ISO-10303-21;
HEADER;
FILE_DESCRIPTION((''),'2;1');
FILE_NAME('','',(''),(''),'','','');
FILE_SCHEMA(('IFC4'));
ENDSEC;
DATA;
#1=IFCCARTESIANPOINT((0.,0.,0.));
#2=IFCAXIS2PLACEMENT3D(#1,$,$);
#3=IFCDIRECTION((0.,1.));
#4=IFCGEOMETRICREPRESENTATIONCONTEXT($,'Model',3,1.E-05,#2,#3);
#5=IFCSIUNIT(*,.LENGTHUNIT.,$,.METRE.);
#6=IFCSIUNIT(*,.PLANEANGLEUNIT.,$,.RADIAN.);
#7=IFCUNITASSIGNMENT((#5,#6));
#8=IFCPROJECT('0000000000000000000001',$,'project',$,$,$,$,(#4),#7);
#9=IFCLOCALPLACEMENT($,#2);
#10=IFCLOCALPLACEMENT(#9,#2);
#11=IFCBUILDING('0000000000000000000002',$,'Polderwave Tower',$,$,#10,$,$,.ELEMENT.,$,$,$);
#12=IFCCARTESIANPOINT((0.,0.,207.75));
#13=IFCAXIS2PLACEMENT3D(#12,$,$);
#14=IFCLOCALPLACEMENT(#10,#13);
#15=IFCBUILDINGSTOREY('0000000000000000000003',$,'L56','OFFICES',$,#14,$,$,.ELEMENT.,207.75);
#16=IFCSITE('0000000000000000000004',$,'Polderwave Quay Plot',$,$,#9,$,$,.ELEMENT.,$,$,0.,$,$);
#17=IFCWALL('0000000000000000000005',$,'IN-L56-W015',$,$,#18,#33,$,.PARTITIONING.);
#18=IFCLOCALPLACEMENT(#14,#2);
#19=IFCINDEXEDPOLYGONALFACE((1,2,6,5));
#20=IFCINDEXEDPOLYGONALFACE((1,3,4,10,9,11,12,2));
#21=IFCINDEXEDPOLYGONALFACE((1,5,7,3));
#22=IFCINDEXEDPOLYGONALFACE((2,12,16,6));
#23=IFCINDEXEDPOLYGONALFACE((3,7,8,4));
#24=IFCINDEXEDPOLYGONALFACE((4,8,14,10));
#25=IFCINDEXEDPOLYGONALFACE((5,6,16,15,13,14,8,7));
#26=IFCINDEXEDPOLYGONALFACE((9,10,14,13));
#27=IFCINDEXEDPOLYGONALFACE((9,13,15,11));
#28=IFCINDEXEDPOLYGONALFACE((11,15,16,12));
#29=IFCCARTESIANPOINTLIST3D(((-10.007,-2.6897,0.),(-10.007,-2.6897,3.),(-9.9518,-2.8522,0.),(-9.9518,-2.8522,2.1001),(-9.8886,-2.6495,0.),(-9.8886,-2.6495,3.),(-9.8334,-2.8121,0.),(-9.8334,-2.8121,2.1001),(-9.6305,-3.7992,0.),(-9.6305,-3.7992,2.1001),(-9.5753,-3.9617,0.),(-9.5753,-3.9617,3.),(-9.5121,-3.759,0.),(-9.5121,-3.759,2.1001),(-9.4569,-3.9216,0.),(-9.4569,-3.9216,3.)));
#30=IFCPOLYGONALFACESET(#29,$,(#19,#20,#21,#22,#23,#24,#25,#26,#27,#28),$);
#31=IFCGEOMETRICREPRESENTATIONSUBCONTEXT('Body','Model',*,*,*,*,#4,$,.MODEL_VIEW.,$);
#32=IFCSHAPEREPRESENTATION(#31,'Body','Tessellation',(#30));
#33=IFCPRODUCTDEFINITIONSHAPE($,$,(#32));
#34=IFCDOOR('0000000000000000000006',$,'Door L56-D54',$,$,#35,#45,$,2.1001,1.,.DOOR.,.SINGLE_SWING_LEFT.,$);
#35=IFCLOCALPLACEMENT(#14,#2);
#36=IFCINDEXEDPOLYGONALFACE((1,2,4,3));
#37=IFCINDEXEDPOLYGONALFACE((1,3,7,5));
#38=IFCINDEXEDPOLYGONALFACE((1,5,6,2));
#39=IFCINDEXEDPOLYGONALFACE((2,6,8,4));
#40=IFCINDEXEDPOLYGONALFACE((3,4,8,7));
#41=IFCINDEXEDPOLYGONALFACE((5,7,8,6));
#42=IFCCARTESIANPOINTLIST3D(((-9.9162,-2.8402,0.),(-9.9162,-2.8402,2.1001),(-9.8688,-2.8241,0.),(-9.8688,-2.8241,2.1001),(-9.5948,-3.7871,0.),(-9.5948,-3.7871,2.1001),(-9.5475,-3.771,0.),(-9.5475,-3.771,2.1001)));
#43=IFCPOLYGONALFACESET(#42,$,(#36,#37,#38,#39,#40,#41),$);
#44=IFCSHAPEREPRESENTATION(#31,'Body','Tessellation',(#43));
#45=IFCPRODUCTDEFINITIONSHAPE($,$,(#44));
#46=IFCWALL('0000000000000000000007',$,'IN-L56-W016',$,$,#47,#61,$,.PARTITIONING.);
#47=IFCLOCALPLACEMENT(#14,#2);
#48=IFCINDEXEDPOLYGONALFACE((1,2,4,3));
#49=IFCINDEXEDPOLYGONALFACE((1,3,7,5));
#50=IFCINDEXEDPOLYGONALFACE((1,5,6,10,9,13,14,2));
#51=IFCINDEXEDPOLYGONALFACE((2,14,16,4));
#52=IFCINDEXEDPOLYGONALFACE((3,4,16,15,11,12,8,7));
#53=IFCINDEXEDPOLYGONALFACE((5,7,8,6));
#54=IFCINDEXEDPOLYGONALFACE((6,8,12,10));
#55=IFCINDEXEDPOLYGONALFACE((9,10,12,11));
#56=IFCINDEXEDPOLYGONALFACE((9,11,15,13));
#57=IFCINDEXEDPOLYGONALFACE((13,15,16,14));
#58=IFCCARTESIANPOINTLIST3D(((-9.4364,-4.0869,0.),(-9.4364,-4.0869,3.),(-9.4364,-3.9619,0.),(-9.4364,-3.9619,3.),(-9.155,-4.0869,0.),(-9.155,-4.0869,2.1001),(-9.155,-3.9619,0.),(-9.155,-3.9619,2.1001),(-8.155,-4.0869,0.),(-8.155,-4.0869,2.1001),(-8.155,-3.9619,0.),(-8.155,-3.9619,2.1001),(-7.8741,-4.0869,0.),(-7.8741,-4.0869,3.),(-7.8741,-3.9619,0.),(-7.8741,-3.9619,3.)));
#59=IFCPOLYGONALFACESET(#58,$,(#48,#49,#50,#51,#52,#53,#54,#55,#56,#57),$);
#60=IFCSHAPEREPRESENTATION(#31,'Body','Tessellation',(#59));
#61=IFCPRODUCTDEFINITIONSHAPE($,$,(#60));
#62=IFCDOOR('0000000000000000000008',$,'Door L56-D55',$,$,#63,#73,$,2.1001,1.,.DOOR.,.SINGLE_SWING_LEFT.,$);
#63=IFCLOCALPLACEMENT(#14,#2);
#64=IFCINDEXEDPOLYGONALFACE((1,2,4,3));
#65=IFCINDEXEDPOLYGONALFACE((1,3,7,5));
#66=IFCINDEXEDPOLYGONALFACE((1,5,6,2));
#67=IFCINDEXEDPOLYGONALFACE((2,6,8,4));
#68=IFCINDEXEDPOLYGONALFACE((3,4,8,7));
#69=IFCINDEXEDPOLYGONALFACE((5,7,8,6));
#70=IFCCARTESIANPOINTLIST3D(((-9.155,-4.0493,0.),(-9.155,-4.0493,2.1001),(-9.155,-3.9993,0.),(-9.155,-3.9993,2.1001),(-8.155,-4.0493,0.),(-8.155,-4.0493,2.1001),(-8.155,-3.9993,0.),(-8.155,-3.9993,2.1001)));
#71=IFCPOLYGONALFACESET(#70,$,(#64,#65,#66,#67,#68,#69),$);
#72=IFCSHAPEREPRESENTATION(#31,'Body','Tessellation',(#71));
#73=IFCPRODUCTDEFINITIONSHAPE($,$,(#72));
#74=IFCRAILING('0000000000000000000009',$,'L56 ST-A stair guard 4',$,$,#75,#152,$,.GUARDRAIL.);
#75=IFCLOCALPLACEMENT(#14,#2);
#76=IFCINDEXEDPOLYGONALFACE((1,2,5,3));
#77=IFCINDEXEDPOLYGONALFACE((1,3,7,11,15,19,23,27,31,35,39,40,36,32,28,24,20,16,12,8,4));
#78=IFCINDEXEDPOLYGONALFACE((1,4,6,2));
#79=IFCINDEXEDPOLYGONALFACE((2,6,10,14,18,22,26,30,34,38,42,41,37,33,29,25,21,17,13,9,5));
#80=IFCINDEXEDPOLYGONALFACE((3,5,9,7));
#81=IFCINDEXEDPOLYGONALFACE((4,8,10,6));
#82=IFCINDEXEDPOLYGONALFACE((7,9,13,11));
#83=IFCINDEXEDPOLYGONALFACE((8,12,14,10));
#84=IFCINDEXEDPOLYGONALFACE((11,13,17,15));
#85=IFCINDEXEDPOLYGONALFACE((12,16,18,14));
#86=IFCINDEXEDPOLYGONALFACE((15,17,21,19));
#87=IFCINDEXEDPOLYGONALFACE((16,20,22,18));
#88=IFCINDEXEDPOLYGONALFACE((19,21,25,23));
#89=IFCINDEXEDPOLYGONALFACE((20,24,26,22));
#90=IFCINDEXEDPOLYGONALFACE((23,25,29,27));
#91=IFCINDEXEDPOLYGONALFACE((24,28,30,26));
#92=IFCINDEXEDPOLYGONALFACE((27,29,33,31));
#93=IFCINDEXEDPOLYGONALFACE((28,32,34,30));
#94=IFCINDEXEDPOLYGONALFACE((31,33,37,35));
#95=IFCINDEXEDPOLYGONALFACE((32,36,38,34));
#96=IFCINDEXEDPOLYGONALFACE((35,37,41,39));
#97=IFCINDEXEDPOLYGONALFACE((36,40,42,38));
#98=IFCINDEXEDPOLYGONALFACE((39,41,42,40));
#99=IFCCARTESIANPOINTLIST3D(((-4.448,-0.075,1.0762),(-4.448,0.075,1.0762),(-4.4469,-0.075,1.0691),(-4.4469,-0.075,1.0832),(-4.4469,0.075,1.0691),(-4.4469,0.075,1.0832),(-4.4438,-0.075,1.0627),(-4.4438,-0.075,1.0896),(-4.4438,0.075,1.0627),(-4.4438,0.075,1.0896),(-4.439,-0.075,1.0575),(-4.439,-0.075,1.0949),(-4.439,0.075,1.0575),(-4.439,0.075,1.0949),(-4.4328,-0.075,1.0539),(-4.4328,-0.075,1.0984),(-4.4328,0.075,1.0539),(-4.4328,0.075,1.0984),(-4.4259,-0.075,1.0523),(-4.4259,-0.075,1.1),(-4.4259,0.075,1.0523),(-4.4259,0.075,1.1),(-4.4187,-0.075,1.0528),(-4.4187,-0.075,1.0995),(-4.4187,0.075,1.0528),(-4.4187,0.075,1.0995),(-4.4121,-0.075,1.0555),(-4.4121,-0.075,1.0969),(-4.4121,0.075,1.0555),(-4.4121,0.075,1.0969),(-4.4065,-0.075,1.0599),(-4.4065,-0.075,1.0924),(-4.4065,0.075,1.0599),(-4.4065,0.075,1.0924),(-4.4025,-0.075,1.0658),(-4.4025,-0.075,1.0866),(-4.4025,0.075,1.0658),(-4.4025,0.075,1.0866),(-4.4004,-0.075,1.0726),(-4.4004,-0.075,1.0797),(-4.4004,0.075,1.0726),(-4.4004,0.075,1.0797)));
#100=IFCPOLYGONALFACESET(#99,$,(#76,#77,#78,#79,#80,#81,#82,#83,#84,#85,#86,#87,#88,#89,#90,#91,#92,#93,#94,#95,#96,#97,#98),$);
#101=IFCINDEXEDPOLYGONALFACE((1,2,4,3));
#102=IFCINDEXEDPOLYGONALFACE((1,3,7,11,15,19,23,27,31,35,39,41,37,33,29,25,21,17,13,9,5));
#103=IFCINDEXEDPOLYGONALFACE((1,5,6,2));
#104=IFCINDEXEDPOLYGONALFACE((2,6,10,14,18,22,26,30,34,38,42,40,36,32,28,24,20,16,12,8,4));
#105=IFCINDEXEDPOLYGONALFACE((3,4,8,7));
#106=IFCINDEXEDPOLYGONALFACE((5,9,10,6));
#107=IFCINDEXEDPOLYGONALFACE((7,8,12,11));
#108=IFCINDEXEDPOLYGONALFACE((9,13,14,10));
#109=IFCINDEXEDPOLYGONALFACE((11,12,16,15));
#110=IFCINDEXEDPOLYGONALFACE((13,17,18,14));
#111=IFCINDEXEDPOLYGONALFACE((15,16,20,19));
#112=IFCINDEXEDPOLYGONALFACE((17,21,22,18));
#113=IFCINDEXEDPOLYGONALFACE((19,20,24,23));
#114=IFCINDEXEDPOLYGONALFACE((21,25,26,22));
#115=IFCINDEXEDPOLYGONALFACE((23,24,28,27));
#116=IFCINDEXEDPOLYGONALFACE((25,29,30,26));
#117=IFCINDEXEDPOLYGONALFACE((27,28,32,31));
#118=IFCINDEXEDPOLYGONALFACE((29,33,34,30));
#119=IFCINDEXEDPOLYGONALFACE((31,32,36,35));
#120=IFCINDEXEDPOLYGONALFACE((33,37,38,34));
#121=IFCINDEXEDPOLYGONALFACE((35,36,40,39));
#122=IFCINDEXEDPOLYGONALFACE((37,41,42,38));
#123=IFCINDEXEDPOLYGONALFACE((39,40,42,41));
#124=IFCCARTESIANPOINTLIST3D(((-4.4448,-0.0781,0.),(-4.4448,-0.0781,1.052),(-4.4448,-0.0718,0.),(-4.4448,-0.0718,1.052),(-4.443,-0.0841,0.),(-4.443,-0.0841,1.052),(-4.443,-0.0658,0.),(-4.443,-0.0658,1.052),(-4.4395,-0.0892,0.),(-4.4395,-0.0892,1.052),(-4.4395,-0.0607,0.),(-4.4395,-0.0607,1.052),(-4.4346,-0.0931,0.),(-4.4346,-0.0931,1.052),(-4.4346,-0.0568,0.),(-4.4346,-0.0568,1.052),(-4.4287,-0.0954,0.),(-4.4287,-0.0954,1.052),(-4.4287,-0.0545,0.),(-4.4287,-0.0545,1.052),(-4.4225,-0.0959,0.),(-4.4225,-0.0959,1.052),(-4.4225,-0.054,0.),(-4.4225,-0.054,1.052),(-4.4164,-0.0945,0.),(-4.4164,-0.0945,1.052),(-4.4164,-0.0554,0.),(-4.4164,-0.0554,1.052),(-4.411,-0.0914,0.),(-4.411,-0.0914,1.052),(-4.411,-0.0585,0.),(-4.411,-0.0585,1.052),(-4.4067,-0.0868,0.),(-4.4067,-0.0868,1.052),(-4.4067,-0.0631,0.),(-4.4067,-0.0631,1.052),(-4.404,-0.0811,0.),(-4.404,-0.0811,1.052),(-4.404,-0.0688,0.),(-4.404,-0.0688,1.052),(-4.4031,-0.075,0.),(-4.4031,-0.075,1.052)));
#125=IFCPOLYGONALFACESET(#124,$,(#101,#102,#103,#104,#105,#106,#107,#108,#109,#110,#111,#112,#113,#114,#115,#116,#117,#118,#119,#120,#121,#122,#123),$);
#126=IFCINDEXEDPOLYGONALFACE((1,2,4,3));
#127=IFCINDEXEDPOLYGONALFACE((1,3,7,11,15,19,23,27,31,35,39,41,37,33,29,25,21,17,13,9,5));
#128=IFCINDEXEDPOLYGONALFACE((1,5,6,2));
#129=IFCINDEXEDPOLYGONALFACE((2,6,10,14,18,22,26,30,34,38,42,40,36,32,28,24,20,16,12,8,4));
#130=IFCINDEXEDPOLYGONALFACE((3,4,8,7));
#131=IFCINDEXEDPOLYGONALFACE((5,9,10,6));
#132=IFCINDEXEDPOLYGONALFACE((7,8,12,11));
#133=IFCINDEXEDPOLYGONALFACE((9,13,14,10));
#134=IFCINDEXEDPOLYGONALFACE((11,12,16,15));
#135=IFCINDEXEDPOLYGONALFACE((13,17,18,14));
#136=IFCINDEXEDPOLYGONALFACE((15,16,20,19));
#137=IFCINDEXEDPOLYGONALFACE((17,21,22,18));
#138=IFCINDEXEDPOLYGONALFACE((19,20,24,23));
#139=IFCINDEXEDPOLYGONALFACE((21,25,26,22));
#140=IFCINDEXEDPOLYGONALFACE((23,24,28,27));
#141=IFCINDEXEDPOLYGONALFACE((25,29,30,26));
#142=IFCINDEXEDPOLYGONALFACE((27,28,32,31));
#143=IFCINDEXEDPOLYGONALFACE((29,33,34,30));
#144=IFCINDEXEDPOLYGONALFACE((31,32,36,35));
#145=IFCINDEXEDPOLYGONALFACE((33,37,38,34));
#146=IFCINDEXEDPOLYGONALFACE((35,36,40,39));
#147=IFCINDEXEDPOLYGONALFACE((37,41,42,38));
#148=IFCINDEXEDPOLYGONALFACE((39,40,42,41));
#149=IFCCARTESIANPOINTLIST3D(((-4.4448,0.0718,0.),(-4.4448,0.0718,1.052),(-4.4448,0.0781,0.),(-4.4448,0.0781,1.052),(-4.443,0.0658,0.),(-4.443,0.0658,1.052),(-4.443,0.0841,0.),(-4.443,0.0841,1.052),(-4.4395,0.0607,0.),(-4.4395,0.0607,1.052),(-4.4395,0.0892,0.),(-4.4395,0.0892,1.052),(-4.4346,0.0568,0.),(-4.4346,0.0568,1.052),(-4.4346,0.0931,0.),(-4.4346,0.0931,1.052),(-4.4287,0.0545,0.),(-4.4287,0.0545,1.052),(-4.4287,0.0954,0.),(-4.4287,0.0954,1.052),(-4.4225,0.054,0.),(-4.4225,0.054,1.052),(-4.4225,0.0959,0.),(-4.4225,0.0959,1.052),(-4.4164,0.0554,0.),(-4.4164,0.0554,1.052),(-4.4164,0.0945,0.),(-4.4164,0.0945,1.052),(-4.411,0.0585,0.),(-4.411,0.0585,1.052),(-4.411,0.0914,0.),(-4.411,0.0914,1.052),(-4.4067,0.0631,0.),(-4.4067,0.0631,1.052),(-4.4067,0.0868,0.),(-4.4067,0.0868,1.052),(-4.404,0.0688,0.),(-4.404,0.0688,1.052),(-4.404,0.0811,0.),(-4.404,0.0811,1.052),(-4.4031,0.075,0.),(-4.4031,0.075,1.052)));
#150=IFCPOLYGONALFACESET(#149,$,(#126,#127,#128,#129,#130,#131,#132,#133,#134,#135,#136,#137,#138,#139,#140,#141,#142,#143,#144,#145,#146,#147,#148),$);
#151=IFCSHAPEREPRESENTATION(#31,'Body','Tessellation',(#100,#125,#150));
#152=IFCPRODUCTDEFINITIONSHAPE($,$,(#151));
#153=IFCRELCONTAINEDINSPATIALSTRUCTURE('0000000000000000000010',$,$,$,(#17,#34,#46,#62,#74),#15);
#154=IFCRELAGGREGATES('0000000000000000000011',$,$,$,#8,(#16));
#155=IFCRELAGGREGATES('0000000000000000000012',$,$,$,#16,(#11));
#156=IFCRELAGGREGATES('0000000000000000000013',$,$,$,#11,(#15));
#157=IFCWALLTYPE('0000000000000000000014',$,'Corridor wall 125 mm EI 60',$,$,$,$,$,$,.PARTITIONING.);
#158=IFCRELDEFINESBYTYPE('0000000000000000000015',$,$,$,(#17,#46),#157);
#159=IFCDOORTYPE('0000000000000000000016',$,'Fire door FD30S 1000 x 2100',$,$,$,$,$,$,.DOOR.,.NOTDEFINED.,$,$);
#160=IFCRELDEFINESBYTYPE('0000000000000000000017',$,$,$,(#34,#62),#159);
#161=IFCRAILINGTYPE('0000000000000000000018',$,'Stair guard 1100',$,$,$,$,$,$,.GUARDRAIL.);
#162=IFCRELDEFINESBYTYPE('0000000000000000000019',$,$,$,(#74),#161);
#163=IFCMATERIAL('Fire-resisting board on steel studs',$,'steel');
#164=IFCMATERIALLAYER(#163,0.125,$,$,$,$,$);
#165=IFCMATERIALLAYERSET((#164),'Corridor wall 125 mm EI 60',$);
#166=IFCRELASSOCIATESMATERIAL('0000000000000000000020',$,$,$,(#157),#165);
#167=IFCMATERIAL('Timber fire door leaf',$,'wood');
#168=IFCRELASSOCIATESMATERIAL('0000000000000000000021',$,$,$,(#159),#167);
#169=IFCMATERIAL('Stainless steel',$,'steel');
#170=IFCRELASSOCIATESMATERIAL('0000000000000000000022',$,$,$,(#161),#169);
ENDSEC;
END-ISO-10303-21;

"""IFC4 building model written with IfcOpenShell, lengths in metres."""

from ifc_helpers import new_model, si_unit, direction, frame, frame_2d, origin, origin_2d, place, context, subcontext, project, spatial, rectangle, circle, extrude, material, layer, layer_set, type_object, element, fill, save


model = new_model("IFC4")

# Units and contexts
model_context = context("Model", 3, precision=1e-05, world=origin(), true_north=direction((0.0, 1.0)))
body_context = subcontext(model_context, "Body", "Model", "MODEL_VIEW")
ifc_project = project(units=[si_unit("LENGTHUNIT", "METRE"), si_unit("PLANEANGLEUNIT", "RADIAN")], contexts=[model_context])

# Site, building, storey
site_placement = place(None, origin())
site = spatial("IfcSite", under=ifc_project, at=site_placement, Name="Polderwave Quay Plot", CompositionType="ELEMENT", RefElevation=0.0)
building_placement = place(site_placement, origin())
building = spatial("IfcBuilding", under=site, at=building_placement, Name="Polderwave Tower", CompositionType="ELEMENT")
storey_placement = place(building_placement, frame((0.0, 0.0, 207.75)))
storey = spatial("IfcBuildingStorey", under=building, at=storey_placement, Name="L56", Description="OFFICES", CompositionType="ELEMENT", Elevation=207.75)

# Shared definitions
ifc_material_1 = material(Name="Stainless steel", Category="steel")

# Walls, openings, doors
ifc_material_2 = material(Name="Fire-resisting board on steel studs", Category="steel")
ifc_layer_1 = layer(ifc_material_2, 0.125)
ifc_layer_set_1 = layer_set([ifc_layer_1], Name="Corridor wall 125 mm EI 60")
wall_type_1 = type_object("IfcWallType", Name="Corridor wall 125 mm EI 60", PredefinedType="PARTITIONING", material=ifc_layer_set_1)
wall_1_placement = place(storey_placement, frame((-9.5161, -3.9417, 0.0), z_axis=(0.0, 0.0, 1.0), x_axis=(-0.321349, 0.946961, 0.0)))
wall_1 = element("IfcWall", 1, at=wall_1_placement, inside=storey, type_object=wall_type_1, Name="IN-L56-W015", PredefinedType="PARTITIONING", context=body_context, shape_type="SweptSolid", body=[
    extrude(rectangle(XDim=1.3433, YDim=0.125, at=frame_2d((0.6716, 0.0))), origin(), (0.0, 0.0, 1.0), 3.0),
])
opening_1_placement = place(wall_1_placement, frame((0.1716, 0.0, 0.0)))
opening_1 = element("IfcOpeningElement", 2, at=opening_1_placement, cuts=wall_1, PredefinedType="OPENING", context=body_context, shape_type="SweptSolid", body=[
    extrude(rectangle(XDim=1.0, YDim=2.1001, at=frame_2d((0.5, 1.05))), frame((0.0, 0.0725, 0.0), z_axis=(0.0, -1.0, 0.0), x_axis=(1.0, 0.0, 0.0)), (0.0, 0.0, 1.0), 0.145),
])
ifc_material_3 = material(Name="Timber fire door leaf", Category="wood")
door_type_1 = type_object("IfcDoorType", Name="Fire door FD30S 1000 x 2100", OperationType="NOTDEFINED", PredefinedType="DOOR", material=ifc_material_3)
door_1_placement = place(opening_1_placement, origin())
door_1 = element("IfcDoor", 3, at=door_1_placement, inside=storey, type_object=door_type_1, Name="Door L56-D54", OperationType="SINGLE_SWING_LEFT", OverallHeight=2.1001, OverallWidth=1.0, PredefinedType="DOOR", context=body_context, shape_type="SweptSolid", body=[
    extrude(rectangle(XDim=1.0, YDim=2.1001, at=frame_2d((0.5, 1.05))), frame((0.0, 0.0249, 0.0), z_axis=(0.0, -1.0, 0.0), x_axis=(1.0, 0.0, 0.0)), (0.0, 0.0, 1.0), 0.05),
])
fill(opening_1, door_1)
wall_2_placement = place(storey_placement, frame((-7.874, -4.0244, 0.0), z_axis=(0.0, 0.0, 1.0), x_axis=(-1.0, 0.0, 0.0)))
wall_2 = element("IfcWall", 4, at=wall_2_placement, inside=storey, type_object=wall_type_1, Name="IN-L56-W016", PredefinedType="PARTITIONING", context=body_context, shape_type="SweptSolid", body=[
    extrude(rectangle(XDim=1.5623, YDim=0.125, at=frame_2d((0.7812, 0.0))), origin(), (0.0, 0.0, 1.0), 3.0),
])
opening_2_placement = place(wall_2_placement, frame((0.281, 0.0, 0.0)))
opening_2 = element("IfcOpeningElement", 5, at=opening_2_placement, cuts=wall_2, PredefinedType="OPENING", context=body_context, shape_type="SweptSolid", body=[
    extrude(rectangle(XDim=1.0, YDim=2.1001, at=frame_2d((0.5, 1.05))), frame((0.0, 0.0725, 0.0), z_axis=(0.0, -1.0, 0.0), x_axis=(1.0, 0.0, 0.0)), (0.0, 0.0, 1.0), 0.145),
])
door_2_placement = place(opening_2_placement, origin())
door_2 = element("IfcDoor", 6, at=door_2_placement, inside=storey, type_object=door_type_1, Name="Door L56-D55", OperationType="SINGLE_SWING_LEFT", OverallHeight=2.1001, OverallWidth=1.0, PredefinedType="DOOR", context=body_context, shape_type="SweptSolid", body=[
    extrude(rectangle(XDim=1.0, YDim=2.1001, at=frame_2d((0.5, 1.05))), frame((0.0, 0.0249, 0.0), z_axis=(0.0, -1.0, 0.0), x_axis=(1.0, 0.0, 0.0)), (0.0, 0.0, 1.0), 0.05),
])
fill(opening_2, door_2)

# Railing
railing_type = type_object("IfcRailingType", Name="Stair guard 1100", PredefinedType="GUARDRAIL", material=ifc_material_1)
railing_placement = place(storey_placement, frame((-4.4241, -0.075, 0.0)))
element("IfcRailing", 7, at=railing_placement, inside=storey, type_object=railing_type, Name="L56 ST-A stair guard 4", PredefinedType="GUARDRAIL", context=body_context, shape_type="SweptSolid", body=[
    extrude(circle(Radius=0.0239, at=origin_2d()), frame((0.0, 0.0, 1.0762), z_axis=(0.0, 1.0, 0.0), x_axis=(-1.0, 0.0, 0.0)), (0.0, 0.0, 1.0), 0.1499),
    extrude(circle(Radius=0.021, at=origin_2d()), origin(), (0.0, 0.0, 1.0), 1.052),
    extrude(circle(Radius=0.021, at=origin_2d()), frame((0.0, 0.1499, 0.0)), (0.0, 0.0, 1.0), 1.052),
])

save(model, "model.ifc")
